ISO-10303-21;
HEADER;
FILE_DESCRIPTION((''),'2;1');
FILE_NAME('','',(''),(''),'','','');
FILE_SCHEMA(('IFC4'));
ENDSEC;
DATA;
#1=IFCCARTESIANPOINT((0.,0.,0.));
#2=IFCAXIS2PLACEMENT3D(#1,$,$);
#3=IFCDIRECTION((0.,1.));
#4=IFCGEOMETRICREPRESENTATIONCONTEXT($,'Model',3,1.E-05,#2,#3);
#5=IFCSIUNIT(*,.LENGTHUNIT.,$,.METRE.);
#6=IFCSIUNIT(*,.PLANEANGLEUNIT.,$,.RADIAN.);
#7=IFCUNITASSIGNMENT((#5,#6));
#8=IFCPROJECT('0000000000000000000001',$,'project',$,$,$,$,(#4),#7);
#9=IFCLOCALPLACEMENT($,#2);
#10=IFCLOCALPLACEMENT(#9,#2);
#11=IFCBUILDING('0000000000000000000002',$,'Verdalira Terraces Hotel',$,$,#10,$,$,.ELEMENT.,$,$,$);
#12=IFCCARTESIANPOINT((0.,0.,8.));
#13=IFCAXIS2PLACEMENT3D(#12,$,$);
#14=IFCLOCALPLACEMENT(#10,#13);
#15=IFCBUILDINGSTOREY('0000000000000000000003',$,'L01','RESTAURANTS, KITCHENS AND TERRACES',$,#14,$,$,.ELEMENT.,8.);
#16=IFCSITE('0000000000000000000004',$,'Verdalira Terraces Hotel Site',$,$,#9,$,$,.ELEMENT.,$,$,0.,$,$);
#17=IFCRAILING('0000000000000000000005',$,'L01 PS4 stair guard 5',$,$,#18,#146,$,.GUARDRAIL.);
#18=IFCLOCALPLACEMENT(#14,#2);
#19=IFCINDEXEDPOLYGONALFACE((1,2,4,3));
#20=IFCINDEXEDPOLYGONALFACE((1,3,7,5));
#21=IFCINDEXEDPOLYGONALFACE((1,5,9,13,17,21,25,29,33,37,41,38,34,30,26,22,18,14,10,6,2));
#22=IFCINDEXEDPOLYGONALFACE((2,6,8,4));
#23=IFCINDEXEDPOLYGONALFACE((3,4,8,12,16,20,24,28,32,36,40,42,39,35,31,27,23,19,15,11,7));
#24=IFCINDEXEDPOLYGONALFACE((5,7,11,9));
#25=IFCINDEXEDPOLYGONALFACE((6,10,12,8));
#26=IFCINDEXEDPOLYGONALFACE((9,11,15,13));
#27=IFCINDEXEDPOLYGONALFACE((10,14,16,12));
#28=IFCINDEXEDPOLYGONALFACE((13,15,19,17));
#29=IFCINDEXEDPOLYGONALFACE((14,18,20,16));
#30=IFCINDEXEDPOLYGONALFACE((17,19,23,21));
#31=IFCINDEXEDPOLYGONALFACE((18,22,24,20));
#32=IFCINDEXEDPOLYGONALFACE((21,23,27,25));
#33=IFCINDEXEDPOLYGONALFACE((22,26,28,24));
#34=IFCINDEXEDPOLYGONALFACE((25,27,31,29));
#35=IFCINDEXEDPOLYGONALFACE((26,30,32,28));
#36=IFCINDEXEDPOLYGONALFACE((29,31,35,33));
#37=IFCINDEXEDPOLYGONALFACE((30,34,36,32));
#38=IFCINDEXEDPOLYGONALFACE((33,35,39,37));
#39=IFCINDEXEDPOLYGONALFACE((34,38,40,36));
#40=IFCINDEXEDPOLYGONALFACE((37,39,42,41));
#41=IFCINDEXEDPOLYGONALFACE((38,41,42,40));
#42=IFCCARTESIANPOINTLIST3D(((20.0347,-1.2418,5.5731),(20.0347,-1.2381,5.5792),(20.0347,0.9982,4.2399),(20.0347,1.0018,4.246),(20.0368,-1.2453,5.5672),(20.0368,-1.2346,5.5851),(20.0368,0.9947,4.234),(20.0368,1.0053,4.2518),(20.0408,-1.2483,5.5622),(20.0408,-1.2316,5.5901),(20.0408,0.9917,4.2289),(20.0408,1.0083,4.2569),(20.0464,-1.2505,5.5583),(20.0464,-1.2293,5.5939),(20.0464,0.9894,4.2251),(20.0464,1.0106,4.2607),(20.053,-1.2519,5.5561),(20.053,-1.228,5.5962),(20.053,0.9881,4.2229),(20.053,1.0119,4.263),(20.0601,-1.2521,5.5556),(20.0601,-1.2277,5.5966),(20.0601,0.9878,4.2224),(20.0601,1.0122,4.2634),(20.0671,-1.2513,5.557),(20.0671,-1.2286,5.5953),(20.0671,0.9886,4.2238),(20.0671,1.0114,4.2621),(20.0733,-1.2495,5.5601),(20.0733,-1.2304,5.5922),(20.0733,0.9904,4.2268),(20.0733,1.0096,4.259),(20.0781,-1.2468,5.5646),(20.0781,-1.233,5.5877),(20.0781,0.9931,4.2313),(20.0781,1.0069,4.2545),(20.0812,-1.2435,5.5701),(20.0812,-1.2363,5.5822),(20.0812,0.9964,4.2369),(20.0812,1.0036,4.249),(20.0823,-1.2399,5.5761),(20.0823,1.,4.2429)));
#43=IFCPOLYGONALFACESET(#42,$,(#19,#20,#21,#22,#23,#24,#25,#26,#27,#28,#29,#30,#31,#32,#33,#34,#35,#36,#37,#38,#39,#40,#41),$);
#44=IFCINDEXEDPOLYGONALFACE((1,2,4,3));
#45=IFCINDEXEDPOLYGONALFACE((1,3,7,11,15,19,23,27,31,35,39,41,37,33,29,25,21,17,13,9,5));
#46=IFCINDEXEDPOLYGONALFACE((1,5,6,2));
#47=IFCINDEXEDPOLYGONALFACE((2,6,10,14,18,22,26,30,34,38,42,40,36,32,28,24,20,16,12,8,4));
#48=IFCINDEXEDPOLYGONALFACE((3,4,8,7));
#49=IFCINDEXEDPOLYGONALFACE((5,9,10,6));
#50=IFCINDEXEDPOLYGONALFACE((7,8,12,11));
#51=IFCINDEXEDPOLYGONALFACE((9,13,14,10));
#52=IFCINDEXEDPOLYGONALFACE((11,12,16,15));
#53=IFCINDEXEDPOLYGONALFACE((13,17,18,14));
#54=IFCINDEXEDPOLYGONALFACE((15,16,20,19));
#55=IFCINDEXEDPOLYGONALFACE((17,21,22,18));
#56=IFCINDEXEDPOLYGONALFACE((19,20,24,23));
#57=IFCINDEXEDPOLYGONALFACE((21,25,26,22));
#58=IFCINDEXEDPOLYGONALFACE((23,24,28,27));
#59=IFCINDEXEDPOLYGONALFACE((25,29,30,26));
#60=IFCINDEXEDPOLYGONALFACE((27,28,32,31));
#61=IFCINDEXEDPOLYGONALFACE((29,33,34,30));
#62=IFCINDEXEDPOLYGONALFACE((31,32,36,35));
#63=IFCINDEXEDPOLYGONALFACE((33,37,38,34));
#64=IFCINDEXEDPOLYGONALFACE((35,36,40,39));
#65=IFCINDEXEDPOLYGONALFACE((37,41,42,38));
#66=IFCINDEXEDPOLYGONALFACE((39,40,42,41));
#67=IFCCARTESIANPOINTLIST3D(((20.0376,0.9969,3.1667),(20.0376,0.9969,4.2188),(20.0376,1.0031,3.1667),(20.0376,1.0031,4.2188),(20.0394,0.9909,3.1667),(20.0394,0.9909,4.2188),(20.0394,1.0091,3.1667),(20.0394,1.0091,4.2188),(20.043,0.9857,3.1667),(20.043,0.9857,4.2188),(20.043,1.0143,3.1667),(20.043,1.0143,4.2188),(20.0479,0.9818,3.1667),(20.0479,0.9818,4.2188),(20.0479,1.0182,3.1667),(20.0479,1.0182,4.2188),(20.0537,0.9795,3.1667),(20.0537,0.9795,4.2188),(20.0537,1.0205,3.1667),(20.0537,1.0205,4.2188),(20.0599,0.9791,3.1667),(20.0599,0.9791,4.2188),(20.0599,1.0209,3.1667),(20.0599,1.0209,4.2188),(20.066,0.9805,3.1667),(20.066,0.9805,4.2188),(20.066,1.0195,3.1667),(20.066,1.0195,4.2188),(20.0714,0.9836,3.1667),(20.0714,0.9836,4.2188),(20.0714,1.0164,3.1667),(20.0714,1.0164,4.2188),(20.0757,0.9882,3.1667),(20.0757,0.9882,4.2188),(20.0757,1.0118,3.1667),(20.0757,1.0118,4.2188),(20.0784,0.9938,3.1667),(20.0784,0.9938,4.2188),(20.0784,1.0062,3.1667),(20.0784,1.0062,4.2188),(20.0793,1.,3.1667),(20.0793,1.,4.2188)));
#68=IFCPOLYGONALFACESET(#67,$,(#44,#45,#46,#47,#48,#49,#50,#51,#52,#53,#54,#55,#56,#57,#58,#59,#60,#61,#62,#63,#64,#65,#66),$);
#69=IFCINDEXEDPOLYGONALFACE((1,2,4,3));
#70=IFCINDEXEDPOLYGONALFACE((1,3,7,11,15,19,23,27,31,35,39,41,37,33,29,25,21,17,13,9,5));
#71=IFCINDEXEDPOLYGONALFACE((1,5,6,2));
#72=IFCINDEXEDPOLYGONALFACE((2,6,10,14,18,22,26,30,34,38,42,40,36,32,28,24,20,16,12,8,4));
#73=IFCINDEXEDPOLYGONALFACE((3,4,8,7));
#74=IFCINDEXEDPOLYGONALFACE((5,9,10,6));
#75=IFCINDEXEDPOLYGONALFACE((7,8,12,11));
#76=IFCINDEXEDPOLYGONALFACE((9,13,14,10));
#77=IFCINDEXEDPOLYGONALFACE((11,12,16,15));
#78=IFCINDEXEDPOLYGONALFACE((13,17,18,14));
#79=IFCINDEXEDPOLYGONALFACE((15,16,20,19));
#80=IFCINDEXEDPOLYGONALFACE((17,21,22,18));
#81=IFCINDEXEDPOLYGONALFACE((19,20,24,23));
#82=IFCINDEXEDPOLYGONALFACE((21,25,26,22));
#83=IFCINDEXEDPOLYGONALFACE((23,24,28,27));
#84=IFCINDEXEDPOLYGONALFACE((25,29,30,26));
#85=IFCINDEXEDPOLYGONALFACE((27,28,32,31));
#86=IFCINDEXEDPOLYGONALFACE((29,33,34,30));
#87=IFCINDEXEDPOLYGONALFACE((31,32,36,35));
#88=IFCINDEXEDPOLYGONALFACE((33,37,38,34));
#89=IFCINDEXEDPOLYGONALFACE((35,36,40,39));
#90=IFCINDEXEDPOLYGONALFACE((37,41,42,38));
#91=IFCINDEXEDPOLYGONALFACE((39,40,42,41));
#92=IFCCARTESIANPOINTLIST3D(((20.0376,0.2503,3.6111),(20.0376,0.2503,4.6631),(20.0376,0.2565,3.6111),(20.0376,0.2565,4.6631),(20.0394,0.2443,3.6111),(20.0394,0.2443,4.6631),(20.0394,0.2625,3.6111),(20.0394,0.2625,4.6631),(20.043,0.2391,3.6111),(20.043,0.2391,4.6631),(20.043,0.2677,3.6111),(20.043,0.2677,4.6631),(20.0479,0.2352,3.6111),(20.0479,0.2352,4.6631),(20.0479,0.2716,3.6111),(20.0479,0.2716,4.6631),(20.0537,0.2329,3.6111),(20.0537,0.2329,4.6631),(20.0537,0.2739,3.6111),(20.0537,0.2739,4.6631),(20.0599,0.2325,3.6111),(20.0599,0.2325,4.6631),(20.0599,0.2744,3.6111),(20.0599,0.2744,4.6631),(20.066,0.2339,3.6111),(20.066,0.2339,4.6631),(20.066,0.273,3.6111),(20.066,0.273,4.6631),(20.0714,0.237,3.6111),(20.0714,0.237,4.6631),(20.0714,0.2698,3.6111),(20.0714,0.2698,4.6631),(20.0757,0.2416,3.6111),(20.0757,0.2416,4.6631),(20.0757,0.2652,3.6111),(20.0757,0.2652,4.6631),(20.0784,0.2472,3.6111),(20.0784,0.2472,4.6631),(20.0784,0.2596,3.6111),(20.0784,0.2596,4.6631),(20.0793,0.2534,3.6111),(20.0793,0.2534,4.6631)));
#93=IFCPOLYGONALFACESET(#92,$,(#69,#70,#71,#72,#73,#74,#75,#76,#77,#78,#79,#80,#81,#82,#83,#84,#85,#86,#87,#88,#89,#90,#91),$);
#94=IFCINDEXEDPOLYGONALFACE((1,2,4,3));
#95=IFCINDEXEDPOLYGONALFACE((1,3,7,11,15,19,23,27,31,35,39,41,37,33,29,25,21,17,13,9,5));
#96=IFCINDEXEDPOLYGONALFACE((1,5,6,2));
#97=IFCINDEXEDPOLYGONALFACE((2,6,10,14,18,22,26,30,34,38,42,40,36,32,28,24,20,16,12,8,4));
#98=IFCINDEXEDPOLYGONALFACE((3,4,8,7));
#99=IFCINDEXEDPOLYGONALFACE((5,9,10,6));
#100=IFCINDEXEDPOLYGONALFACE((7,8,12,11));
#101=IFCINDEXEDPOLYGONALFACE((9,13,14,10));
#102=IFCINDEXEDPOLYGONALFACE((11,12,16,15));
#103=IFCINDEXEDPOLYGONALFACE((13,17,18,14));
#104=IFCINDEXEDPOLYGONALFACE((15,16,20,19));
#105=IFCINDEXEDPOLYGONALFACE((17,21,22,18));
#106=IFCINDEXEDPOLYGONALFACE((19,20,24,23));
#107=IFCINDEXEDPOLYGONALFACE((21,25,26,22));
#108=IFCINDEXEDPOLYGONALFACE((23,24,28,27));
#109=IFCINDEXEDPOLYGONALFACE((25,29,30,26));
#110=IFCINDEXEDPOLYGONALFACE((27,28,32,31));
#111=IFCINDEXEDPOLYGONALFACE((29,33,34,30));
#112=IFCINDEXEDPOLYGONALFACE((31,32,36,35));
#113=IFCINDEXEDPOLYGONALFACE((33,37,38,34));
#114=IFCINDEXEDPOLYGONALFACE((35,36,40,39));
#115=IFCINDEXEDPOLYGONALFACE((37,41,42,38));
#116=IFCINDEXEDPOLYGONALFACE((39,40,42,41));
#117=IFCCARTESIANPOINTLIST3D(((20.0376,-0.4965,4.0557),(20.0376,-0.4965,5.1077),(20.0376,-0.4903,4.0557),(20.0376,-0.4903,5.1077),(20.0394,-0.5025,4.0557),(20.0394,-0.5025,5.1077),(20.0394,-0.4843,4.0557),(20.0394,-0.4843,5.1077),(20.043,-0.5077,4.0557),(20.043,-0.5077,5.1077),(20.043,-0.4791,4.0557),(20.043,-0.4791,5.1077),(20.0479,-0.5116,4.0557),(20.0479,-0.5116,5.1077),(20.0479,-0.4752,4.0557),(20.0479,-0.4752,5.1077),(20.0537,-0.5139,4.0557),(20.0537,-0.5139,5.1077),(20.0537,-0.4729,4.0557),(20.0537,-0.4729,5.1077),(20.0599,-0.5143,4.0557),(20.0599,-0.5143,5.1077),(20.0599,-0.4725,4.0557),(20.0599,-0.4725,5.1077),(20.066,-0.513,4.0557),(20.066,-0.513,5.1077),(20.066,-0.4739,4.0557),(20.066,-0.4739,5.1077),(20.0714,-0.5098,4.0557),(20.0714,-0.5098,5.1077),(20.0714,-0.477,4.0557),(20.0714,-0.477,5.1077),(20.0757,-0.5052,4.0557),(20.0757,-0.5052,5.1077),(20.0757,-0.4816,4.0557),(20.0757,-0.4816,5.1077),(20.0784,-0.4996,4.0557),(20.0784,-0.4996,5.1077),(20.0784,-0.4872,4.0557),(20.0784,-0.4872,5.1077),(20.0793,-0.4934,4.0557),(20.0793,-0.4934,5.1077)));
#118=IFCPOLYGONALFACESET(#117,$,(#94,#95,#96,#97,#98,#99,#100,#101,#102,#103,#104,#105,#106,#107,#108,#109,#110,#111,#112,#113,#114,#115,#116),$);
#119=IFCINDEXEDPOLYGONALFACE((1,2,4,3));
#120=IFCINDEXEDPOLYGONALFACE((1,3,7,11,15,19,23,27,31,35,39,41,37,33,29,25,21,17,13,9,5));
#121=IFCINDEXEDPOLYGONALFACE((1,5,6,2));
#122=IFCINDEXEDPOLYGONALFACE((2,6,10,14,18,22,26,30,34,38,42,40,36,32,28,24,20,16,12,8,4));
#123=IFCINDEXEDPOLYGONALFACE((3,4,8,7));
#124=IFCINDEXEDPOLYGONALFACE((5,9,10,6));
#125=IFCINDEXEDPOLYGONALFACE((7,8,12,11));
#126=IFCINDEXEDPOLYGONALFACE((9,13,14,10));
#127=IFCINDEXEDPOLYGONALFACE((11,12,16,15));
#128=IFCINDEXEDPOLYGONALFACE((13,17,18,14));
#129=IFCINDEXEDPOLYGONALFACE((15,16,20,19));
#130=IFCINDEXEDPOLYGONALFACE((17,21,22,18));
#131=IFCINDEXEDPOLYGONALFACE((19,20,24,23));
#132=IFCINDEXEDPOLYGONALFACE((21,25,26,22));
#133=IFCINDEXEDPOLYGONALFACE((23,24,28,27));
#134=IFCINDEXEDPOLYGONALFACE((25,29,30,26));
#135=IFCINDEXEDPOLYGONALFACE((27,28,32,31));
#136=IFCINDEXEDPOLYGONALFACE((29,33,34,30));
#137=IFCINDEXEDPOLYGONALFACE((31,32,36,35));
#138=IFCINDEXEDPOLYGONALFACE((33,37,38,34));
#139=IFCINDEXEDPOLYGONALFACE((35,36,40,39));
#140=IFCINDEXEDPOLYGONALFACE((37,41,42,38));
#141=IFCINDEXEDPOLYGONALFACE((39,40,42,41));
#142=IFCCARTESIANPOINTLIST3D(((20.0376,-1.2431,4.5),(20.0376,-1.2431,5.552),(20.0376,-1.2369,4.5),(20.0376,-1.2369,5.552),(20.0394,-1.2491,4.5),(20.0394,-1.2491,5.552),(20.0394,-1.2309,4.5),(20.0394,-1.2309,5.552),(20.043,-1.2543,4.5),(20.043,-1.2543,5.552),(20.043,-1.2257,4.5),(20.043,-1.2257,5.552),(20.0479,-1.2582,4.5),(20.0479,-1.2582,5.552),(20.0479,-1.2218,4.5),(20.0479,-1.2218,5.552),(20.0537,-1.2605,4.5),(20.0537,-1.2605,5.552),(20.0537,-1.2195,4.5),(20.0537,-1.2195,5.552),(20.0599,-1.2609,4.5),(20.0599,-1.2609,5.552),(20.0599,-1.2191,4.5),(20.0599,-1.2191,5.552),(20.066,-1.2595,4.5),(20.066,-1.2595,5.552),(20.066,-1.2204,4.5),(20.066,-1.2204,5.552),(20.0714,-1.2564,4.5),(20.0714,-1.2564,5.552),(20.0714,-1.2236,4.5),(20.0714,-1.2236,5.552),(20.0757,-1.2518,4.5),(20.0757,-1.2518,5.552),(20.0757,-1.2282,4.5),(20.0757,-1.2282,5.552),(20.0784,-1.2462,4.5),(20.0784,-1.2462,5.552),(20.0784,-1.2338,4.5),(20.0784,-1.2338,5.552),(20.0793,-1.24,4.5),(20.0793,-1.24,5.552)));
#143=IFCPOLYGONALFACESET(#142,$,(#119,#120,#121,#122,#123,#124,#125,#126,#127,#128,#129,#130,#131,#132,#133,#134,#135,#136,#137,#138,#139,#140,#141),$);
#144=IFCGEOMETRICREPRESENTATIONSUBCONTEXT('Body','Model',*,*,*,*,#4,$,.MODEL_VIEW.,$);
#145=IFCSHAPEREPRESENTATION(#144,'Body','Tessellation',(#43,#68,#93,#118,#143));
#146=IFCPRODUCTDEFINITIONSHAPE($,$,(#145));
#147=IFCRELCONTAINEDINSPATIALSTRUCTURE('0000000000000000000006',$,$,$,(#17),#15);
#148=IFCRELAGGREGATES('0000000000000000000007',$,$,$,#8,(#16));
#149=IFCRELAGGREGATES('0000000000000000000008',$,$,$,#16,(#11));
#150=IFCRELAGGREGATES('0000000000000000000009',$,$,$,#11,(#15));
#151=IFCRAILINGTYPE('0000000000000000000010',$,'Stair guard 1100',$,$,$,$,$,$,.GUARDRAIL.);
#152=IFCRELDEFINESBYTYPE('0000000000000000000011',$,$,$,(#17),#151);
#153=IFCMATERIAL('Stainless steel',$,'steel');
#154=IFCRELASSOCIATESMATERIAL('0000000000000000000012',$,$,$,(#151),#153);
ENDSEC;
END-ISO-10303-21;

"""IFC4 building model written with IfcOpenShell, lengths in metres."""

from ifc_helpers import new_model, si_unit, direction, frame, origin, origin_2d, place, context, subcontext, project, spatial, circle, extrude, material, type_object, element, save


model = new_model("IFC4")

# Units and contexts
model_context = context("Model", 3, precision=1e-05, world=origin(), true_north=direction((0.0, 1.0)))
body_context = subcontext(model_context, "Body", "Model", "MODEL_VIEW")
ifc_project = project(units=[si_unit("LENGTHUNIT", "METRE"), si_unit("PLANEANGLEUNIT", "RADIAN")], contexts=[model_context])

# Site, building, storey
site_placement = place(None, origin())
site = spatial("IfcSite", under=ifc_project, at=site_placement, Name="Verdalira Terraces Hotel Site", CompositionType="ELEMENT", RefElevation=0.0)
building_placement = place(site_placement, origin())
building = spatial("IfcBuilding", under=site, at=building_placement, Name="Verdalira Terraces Hotel", CompositionType="ELEMENT")
storey_placement = place(building_placement, frame((0.0, 0.0, 8.0)))
storey = spatial("IfcBuildingStorey", under=building, at=storey_placement, Name="L01", Description="RESTAURANTS, KITCHENS AND TERRACES", CompositionType="ELEMENT", Elevation=8.0)

# Railing
ifc_material_1 = material(Name="Stainless steel", Category="steel")
railing_type_1 = type_object("IfcRailingType", Name="Stair guard 1100", PredefinedType="GUARDRAIL", material=ifc_material_1)
railing_1_placement = place(storey_placement, frame((20.0584, 1.0, 3.1667)))
element("IfcRailing", 1, at=railing_1_placement, inside=storey, type_object=railing_type_1, Name="L01 PS4 stair guard 5", PredefinedType="GUARDRAIL", context=body_context, shape_type="SweptSolid", body=[
    extrude(circle(Radius=0.0239, at=origin_2d()), frame((0.0, 0.0, 1.0762), z_axis=(0.0, -0.859306, 0.511462), x_axis=(1.0, 0.0, 0.0)), (0.0, 0.0, 1.0), 2.6067),
    extrude(circle(Radius=0.021, at=origin_2d()), origin(), (0.0, 0.0, 1.0), 1.052),
    extrude(circle(Radius=0.021, at=origin_2d()), frame((0.0, -0.7466, 0.4443)), (0.0, 0.0, 1.0), 1.052),
    extrude(circle(Radius=0.021, at=origin_2d()), frame((0.0, -1.4934, 0.8889)), (0.0, 0.0, 1.0), 1.052),
    extrude(circle(Radius=0.021, at=origin_2d()), frame((0.0, -2.24, 1.3333)), (0.0, 0.0, 1.0), 1.052),
])

save(model, "model.ifc")
